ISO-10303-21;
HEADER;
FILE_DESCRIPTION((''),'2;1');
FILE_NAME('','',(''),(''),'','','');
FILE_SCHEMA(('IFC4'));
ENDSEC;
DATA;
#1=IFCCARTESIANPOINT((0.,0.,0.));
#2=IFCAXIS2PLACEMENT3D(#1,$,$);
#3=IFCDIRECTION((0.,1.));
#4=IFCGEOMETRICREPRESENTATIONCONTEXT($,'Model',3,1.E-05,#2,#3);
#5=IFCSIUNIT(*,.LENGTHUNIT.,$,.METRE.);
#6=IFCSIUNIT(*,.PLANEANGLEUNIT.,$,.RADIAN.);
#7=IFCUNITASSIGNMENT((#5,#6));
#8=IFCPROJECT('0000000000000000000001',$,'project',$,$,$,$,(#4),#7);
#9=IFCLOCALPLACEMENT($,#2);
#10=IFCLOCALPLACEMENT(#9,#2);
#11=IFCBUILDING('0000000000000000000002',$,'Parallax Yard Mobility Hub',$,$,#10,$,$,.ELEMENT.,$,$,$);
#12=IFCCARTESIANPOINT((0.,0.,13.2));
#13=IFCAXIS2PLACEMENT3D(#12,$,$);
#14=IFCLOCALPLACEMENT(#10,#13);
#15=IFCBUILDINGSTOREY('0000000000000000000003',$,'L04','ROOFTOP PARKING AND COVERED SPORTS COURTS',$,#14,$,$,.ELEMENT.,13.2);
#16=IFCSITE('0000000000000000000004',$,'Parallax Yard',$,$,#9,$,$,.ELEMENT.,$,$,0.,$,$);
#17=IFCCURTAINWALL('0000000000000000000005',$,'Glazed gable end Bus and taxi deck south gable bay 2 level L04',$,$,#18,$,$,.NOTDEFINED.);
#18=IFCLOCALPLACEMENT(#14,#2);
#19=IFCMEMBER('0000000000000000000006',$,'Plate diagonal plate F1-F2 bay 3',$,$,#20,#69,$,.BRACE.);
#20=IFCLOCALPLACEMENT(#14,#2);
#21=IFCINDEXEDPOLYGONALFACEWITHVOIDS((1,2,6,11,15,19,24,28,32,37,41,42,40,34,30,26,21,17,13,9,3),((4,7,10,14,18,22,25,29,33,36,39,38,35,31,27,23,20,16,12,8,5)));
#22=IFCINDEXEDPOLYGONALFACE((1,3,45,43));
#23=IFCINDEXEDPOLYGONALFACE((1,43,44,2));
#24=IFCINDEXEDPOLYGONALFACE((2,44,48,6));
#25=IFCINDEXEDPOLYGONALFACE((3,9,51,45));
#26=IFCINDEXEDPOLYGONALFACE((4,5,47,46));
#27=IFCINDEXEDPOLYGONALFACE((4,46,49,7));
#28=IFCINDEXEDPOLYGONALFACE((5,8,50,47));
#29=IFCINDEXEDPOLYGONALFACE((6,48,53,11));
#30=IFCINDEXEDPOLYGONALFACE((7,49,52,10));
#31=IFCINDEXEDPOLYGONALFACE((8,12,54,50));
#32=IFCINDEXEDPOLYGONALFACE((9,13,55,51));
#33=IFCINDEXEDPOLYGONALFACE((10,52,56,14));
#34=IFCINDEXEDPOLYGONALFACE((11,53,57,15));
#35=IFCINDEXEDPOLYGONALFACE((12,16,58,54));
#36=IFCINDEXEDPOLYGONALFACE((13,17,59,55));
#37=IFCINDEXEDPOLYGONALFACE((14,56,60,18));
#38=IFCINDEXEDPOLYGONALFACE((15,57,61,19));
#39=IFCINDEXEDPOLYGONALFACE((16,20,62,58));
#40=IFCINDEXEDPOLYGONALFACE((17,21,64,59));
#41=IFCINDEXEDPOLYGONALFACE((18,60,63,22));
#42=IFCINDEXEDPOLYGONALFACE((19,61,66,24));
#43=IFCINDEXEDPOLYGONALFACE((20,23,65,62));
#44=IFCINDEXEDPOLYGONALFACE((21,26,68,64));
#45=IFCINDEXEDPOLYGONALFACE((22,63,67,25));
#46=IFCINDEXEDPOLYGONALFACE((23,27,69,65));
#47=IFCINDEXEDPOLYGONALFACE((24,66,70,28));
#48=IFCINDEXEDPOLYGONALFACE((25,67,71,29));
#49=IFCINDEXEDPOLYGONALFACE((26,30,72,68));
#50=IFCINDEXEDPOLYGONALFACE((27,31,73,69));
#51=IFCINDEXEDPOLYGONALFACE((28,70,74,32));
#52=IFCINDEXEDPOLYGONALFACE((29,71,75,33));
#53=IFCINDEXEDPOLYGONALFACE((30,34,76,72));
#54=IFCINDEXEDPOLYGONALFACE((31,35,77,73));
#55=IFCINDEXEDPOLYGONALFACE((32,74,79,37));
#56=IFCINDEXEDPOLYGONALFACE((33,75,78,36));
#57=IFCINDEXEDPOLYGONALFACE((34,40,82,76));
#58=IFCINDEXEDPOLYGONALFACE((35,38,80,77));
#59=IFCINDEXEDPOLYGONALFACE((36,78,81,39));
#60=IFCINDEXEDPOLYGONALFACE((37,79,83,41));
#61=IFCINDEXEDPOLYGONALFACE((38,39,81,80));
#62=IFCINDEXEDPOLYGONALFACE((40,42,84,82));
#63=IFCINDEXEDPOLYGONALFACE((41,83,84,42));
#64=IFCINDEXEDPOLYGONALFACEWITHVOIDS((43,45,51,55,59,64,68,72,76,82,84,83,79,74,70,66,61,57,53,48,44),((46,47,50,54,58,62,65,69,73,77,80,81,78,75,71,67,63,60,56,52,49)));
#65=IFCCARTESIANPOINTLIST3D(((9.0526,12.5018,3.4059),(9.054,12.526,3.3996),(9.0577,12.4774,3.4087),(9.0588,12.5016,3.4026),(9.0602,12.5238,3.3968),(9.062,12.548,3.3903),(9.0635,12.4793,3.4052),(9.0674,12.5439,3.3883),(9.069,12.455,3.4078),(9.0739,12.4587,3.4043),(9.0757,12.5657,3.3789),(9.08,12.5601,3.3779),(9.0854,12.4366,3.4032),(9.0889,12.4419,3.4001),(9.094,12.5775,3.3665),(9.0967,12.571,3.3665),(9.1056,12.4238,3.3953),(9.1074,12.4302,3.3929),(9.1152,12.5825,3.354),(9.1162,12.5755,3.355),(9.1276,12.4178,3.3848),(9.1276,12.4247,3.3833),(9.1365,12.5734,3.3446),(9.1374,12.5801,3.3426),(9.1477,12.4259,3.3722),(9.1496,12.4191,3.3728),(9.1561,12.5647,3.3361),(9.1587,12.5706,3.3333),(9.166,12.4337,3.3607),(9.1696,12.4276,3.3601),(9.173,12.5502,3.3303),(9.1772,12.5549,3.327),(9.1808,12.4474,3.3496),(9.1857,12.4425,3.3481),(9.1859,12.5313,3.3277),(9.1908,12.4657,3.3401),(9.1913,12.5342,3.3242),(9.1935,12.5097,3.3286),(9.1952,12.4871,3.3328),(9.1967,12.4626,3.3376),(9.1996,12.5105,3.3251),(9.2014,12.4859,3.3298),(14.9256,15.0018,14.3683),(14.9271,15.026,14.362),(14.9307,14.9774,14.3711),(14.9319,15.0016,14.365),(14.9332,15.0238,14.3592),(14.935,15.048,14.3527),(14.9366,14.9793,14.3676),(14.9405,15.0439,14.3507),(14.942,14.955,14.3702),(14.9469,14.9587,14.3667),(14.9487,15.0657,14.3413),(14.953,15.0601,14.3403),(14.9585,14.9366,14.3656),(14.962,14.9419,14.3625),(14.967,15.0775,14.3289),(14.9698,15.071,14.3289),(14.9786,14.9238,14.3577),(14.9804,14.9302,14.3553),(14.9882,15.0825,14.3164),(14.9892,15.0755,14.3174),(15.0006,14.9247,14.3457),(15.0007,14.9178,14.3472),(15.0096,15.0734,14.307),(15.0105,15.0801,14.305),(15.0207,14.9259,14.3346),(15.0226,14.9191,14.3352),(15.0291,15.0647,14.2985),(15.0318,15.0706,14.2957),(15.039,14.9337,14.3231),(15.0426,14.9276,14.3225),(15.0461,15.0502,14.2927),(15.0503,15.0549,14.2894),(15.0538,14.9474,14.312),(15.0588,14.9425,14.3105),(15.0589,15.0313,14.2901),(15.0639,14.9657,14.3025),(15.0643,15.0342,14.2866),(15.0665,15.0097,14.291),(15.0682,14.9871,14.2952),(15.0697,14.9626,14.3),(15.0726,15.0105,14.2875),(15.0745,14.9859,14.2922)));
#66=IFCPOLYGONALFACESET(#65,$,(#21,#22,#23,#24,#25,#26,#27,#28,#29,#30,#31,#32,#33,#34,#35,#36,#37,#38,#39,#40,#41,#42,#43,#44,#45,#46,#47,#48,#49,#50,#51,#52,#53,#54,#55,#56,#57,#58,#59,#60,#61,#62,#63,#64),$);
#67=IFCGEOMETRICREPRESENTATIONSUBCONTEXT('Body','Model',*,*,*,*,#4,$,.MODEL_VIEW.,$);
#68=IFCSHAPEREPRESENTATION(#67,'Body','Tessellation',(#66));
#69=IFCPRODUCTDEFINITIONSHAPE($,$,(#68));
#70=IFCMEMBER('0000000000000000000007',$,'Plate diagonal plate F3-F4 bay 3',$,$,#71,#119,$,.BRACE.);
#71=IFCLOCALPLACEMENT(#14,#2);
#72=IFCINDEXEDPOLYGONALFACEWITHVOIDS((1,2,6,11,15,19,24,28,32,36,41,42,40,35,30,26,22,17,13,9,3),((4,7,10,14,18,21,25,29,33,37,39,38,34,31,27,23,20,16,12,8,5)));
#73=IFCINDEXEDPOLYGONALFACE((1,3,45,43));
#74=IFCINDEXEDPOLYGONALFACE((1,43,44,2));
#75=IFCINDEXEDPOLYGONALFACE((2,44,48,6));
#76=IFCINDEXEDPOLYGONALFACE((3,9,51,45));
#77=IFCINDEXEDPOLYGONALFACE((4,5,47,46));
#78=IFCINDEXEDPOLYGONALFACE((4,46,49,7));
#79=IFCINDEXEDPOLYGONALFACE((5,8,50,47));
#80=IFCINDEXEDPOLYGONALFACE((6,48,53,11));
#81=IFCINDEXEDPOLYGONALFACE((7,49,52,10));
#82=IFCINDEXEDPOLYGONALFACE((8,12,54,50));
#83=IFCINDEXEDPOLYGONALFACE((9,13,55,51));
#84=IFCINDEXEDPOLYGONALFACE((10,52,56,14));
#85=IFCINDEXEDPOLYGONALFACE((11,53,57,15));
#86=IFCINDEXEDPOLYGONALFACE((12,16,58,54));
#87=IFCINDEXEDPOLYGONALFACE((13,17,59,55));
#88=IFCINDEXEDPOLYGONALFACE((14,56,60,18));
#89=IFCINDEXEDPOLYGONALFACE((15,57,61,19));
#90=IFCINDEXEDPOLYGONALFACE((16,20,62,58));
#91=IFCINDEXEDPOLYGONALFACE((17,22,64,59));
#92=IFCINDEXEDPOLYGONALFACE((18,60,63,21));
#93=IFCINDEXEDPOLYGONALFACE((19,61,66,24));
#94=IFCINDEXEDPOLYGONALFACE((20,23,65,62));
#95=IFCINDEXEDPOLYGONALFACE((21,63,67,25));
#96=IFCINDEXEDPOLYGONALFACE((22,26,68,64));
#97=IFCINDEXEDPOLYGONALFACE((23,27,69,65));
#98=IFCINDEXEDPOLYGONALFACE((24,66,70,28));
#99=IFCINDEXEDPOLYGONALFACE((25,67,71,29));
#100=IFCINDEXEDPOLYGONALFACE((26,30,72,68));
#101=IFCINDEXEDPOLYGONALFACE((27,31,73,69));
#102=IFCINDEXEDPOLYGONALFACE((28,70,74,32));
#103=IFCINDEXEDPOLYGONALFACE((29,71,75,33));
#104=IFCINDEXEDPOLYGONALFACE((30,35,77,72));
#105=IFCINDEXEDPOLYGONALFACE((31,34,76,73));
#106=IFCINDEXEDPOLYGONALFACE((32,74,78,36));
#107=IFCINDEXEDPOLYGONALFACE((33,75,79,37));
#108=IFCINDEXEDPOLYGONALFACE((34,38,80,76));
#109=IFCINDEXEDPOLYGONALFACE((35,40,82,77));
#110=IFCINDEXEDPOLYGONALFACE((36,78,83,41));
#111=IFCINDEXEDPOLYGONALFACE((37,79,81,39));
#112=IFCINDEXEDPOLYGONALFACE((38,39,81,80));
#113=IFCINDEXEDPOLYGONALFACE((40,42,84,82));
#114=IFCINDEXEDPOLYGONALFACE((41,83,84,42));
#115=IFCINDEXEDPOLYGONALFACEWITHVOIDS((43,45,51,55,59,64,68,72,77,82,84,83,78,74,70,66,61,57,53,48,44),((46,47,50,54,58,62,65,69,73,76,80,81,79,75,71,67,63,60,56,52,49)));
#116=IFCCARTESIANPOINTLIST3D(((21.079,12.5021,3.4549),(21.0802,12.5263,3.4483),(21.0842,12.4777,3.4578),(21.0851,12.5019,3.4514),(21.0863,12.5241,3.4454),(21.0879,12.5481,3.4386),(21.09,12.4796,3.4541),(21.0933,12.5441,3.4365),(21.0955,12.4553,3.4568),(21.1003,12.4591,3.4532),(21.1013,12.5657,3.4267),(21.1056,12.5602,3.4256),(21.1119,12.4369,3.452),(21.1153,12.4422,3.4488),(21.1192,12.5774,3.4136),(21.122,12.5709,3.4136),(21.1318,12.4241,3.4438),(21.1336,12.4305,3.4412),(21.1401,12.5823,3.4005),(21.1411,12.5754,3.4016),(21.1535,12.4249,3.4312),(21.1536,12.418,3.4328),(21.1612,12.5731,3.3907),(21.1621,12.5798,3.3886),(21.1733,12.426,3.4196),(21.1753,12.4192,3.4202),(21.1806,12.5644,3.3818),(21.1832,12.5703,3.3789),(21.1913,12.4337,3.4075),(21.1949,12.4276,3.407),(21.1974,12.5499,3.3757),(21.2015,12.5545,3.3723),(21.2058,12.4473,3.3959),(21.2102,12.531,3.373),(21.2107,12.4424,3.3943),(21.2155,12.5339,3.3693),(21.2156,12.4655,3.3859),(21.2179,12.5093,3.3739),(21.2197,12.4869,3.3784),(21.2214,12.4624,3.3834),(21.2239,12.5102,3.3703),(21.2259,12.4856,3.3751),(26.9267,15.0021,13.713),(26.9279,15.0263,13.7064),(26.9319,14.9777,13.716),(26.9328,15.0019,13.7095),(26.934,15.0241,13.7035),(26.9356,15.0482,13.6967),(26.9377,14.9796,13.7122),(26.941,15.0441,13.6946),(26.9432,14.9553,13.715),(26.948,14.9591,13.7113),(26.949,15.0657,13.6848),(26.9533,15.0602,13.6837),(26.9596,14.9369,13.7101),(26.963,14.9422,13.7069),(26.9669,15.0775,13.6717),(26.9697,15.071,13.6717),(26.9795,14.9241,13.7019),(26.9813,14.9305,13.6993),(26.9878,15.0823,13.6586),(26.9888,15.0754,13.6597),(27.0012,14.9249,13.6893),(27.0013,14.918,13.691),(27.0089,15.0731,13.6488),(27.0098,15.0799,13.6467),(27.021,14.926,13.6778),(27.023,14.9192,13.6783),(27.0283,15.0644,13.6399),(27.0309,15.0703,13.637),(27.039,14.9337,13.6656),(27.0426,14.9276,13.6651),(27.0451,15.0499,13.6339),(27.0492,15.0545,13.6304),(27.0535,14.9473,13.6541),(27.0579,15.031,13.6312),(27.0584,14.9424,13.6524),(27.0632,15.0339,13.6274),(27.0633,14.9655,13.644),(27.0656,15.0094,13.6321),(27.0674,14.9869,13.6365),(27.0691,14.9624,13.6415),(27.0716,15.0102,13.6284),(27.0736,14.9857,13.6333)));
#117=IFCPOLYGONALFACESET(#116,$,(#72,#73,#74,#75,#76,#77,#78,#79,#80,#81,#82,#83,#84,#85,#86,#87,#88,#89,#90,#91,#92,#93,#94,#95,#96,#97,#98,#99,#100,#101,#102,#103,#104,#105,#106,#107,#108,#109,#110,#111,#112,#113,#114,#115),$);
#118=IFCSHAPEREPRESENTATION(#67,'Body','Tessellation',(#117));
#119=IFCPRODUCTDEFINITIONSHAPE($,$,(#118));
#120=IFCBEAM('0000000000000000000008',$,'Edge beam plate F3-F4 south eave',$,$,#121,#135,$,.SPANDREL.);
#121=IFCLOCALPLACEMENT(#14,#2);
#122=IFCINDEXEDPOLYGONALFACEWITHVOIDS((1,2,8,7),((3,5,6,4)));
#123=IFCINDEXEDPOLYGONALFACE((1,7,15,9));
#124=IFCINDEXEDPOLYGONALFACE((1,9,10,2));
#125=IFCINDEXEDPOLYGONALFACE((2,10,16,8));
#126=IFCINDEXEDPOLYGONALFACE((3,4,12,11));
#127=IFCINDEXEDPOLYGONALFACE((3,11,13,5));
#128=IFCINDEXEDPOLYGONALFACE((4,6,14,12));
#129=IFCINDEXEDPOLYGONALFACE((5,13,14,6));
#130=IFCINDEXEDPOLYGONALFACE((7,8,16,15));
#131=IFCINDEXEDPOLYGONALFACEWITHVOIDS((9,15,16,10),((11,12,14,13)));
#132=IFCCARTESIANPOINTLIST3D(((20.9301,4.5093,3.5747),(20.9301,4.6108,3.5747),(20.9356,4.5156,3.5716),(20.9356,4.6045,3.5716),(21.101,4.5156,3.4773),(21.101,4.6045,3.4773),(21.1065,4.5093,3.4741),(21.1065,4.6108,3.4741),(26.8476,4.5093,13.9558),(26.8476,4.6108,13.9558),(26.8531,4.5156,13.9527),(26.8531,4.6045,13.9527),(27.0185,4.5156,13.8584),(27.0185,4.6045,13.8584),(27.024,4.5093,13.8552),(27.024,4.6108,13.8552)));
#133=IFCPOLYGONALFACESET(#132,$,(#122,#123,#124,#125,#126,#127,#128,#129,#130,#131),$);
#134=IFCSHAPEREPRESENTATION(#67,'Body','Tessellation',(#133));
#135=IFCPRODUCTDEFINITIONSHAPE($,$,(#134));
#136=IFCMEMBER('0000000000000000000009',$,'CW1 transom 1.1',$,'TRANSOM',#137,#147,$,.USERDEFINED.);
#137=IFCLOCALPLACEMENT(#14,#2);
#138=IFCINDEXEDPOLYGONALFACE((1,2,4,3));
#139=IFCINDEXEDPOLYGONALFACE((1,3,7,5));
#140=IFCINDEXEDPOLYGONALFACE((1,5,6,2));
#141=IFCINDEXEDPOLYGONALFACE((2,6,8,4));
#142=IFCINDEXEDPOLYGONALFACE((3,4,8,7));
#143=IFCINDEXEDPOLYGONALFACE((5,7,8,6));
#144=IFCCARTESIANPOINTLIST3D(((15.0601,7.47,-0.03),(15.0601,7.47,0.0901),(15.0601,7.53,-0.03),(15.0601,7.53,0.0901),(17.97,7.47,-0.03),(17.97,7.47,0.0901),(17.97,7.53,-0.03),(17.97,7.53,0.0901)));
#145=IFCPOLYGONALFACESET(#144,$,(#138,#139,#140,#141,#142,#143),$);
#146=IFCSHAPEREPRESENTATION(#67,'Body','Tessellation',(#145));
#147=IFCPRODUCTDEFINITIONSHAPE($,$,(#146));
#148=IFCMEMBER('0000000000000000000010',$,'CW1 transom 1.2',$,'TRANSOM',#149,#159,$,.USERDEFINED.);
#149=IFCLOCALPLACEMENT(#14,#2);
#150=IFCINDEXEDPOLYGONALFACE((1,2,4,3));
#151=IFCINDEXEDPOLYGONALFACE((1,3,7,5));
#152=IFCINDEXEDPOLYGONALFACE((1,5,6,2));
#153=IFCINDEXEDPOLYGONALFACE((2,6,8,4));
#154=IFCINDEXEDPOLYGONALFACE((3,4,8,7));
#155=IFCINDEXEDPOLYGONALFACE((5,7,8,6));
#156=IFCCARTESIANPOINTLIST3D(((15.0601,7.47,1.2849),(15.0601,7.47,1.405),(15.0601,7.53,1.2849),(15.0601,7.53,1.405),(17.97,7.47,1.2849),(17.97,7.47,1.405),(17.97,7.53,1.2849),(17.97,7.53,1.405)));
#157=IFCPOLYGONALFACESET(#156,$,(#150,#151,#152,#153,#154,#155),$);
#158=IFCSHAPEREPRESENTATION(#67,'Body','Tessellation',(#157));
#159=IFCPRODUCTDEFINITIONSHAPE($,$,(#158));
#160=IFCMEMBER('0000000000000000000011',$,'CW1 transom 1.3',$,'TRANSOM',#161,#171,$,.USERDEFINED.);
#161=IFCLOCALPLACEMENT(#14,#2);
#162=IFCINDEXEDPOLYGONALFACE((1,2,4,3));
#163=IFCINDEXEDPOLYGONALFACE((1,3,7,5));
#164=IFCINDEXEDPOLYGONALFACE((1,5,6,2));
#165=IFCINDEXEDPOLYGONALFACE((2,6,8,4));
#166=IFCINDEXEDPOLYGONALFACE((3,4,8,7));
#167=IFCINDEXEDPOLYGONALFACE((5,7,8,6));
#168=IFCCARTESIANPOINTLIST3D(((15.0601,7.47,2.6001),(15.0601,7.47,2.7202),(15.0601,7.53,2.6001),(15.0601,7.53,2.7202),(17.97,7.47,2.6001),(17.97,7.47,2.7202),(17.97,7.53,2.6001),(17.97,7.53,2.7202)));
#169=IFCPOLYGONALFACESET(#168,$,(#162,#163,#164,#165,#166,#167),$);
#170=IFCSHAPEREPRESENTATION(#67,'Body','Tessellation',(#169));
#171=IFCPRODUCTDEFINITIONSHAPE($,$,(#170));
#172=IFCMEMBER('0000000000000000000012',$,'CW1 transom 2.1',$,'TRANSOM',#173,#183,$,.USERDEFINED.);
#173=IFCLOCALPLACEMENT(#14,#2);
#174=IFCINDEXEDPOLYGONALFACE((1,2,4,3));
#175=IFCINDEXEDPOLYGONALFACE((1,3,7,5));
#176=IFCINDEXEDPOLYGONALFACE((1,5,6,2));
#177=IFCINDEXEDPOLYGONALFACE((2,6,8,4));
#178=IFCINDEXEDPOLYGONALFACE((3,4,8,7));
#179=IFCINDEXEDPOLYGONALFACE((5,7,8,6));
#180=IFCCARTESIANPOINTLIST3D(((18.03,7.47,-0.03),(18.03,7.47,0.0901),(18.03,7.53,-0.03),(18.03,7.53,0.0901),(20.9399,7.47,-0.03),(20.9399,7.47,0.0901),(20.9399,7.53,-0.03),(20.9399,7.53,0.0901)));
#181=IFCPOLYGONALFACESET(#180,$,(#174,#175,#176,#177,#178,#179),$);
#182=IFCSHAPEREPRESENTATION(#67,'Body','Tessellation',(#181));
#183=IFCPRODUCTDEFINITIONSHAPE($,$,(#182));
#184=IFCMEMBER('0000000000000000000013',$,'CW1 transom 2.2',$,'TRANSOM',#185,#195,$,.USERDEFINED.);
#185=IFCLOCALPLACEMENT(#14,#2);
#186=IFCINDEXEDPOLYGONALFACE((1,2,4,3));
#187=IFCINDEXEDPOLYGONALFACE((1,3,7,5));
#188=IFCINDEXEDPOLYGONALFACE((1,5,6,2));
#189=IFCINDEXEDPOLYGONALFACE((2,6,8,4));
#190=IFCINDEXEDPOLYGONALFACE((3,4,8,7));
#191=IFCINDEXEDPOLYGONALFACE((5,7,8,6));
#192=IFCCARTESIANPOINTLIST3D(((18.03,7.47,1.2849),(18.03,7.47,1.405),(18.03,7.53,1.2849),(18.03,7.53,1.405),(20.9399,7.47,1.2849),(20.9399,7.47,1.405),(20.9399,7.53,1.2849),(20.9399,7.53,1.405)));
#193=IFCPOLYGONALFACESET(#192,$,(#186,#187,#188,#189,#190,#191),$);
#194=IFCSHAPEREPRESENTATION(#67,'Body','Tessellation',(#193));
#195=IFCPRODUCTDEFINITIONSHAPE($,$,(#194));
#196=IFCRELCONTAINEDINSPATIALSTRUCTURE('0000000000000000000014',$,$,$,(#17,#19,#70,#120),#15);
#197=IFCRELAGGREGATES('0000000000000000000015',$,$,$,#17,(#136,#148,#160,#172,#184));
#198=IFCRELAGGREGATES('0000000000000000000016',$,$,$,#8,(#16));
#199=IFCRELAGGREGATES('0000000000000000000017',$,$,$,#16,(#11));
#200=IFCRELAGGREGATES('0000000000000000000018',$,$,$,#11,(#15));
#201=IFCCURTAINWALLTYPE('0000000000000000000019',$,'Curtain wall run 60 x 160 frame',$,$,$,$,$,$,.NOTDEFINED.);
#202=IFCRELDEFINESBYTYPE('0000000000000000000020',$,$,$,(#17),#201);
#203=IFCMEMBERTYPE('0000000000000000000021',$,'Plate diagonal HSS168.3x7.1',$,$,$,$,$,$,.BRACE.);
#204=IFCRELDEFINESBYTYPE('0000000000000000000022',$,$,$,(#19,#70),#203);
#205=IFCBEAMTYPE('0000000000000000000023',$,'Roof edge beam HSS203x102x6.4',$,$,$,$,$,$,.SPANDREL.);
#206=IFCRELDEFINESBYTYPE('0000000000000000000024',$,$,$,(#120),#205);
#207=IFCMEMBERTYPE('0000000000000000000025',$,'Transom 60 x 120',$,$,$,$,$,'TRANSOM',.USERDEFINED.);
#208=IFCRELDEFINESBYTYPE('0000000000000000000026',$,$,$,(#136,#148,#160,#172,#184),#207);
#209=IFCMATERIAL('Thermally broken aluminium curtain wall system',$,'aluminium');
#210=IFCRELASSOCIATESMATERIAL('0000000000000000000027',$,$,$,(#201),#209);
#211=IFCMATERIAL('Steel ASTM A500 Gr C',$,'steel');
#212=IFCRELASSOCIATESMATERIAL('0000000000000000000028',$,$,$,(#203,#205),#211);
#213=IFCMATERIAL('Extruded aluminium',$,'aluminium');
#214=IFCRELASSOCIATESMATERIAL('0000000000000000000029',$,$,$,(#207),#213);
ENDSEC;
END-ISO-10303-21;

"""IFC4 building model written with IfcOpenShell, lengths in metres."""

from ifc_helpers import new_model, si_unit, direction, frame, origin, origin_2d, place, context, subcontext, project, spatial, rectangle, hollow_rectangle, hollow_circle, extrude, material, material_profile, profile_set, type_object, element, aggregate, save


model = new_model("IFC4")

# Units and contexts
model_context = context("Model", 3, precision=1e-05, world=origin(), true_north=direction((0.0, 1.0)))
body_context = subcontext(model_context, "Body", "Model", "MODEL_VIEW")
ifc_project = project(units=[si_unit("LENGTHUNIT", "METRE"), si_unit("PLANEANGLEUNIT", "RADIAN")], contexts=[model_context])

# Site, building, storey
site_placement = place(None, origin())
site = spatial("IfcSite", under=ifc_project, at=site_placement, Name="Parallax Yard", CompositionType="ELEMENT", RefElevation=0.0)
building_placement = place(site_placement, origin())
building = spatial("IfcBuilding", under=site, at=building_placement, Name="Parallax Yard Mobility Hub", CompositionType="ELEMENT")
storey_placement = place(building_placement, frame((0.0, 0.0, 13.2)))
storey = spatial("IfcBuildingStorey", under=building, at=storey_placement, Name="L04", Description="ROOFTOP PARKING AND COVERED SPORTS COURTS", CompositionType="ELEMENT", Elevation=13.2)

# Shared definitions
ifc_material_1 = material(Name="Steel ASTM A500 Gr C", Category="steel")

# Curtain wall
ifc_material_2 = material(Name="Thermally broken aluminium curtain wall system", Category="aluminium")
curtain_wall_type = type_object("IfcCurtainWallType", Name="Curtain wall run 60 x 160 frame", PredefinedType="NOTDEFINED", material=ifc_material_2)
curtain_wall_1_placement = place(storey_placement, origin())
curtain_wall_1 = element("IfcCurtainWall", 1, at=curtain_wall_1_placement, inside=storey, type_object=curtain_wall_type, Name="Glazed gable end Bus and taxi deck south gable bay 2 level L04", PredefinedType="NOTDEFINED")
ifc_material_3 = material(Name="Extruded aluminium", Category="aluminium")

# Members
ifc_material_profile_1 = material_profile(ifc_material_1, hollow_circle(Radius=0.0842, WallThickness=0.0071, at=origin_2d()), Name="HSS168.3x7.1")
ifc_profile_set_1 = profile_set([ifc_material_profile_1], Name="Steel ASTM A500 Gr C")
member_type_1 = type_object("IfcMemberType", Name="Plate diagonal HSS168.3x7.1", PredefinedType="BRACE", material=ifc_profile_set_1)
member_1_placement = place(storey_placement, frame((9.127, 12.5, 3.3665), z_axis=(0.46298, 0.197078, 0.864181), x_axis=(-0.391665, 0.920108, 0.0)))
element("IfcMember", 2, at=member_1_placement, inside=storey, type_object=member_type_1, Name="Plate diagonal plate F1-F2 bay 3", PredefinedType="BRACE", context=body_context, shape_type="SweptSolid", body=[
    extrude(hollow_circle(Radius=0.0842, WallThickness=0.0071, at=origin_2d()), origin(), (0.0, 0.0, 1.0), 12.6853),
])
member_2_placement = place(storey_placement, frame((21.1523, 12.5, 3.4136), z_axis=(0.484499, 0.207134, 0.849916), x_axis=(-0.393104, 0.919494, 0.0)))
element("IfcMember", 3, at=member_2_placement, inside=storey, type_object=member_type_1, Name="Plate diagonal plate F3-F4 bay 3", PredefinedType="BRACE", context=body_context, shape_type="SweptSolid", body=[
    extrude(hollow_circle(Radius=0.0842, WallThickness=0.0071, at=origin_2d()), origin(), (0.0, 0.0, 1.0), 12.0696),
])

# Beam
ifc_material_profile_2 = material_profile(ifc_material_1, hollow_rectangle(XDim=0.1016, YDim=0.2031, WallThickness=0.0063, at=origin_2d()), Name="HSS203x102x6.4")
ifc_profile_set_2 = profile_set([ifc_material_profile_2], Name="Steel ASTM A500 Gr C")
beam_type = type_object("IfcBeamType", Name="Roof edge beam HSS203x102x6.4", PredefinedType="SPANDREL", material=ifc_profile_set_2)
beam_placement = place(storey_placement, frame((21.0183, 4.5601, 3.5244), z_axis=(0.495219, 0.0, 0.868768), x_axis=(0.0, 1.0, 0.0)))
element("IfcBeam", 4, at=beam_placement, inside=storey, type_object=beam_type, Name="Edge beam plate F3-F4 south eave", PredefinedType="SPANDREL", context=body_context, shape_type="SweptSolid", body=[
    extrude(hollow_rectangle(XDim=0.1016, YDim=0.2031, WallThickness=0.0063, at=origin_2d()), origin(), (0.0, 0.0, 1.0), 11.9492),
])

# Members
ifc_material_profile_3 = material_profile(ifc_material_3, rectangle(XDim=0.0601, YDim=0.1201, at=origin_2d()), Name="Transom 60 x 120")
ifc_profile_set_3 = profile_set([ifc_material_profile_3], Name="Extruded aluminium")
member_type_2 = type_object("IfcMemberType", Name="Transom 60 x 120", ElementType="TRANSOM", PredefinedType="USERDEFINED", material=ifc_profile_set_3)
member_3_placement = place(storey_placement, frame((15.0601, 7.5, 0.03), z_axis=(1.0, 0.0, 0.0), x_axis=(0.0, 1.0, 0.0)))
member_3 = element("IfcMember", 5, at=member_3_placement, type_object=member_type_2, Name="CW1 transom 1.1", ObjectType="TRANSOM", PredefinedType="USERDEFINED", context=body_context, shape_type="SweptSolid", body=[
    extrude(rectangle(XDim=0.0601, YDim=0.1201, at=origin_2d()), origin(), (0.0, 0.0, 1.0), 2.9099),
])
member_4_placement = place(storey_placement, frame((15.0601, 7.5, 1.345), z_axis=(1.0, 0.0, 0.0), x_axis=(0.0, 1.0, 0.0)))
member_4 = element("IfcMember", 6, at=member_4_placement, type_object=member_type_2, Name="CW1 transom 1.2", ObjectType="TRANSOM", PredefinedType="USERDEFINED", context=body_context, shape_type="SweptSolid", body=[
    extrude(rectangle(XDim=0.0601, YDim=0.1201, at=origin_2d()), origin(), (0.0, 0.0, 1.0), 2.9099),
])
member_5_placement = place(storey_placement, frame((15.0601, 7.5, 2.6602), z_axis=(1.0, 0.0, 0.0), x_axis=(0.0, 1.0, 0.0)))
member_5 = element("IfcMember", 7, at=member_5_placement, type_object=member_type_2, Name="CW1 transom 1.3", ObjectType="TRANSOM", PredefinedType="USERDEFINED", context=body_context, shape_type="SweptSolid", body=[
    extrude(rectangle(XDim=0.0601, YDim=0.1201, at=origin_2d()), origin(), (0.0, 0.0, 1.0), 2.9099),
])
member_6_placement = place(storey_placement, frame((18.03, 7.5, 0.03), z_axis=(1.0, 0.0, 0.0), x_axis=(0.0, 1.0, 0.0)))
member_6 = element("IfcMember", 8, at=member_6_placement, type_object=member_type_2, Name="CW1 transom 2.1", ObjectType="TRANSOM", PredefinedType="USERDEFINED", context=body_context, shape_type="SweptSolid", body=[
    extrude(rectangle(XDim=0.0601, YDim=0.1201, at=origin_2d()), origin(), (0.0, 0.0, 1.0), 2.9099),
])
member_7_placement = place(storey_placement, frame((18.03, 7.5, 1.345), z_axis=(1.0, 0.0, 0.0), x_axis=(0.0, 1.0, 0.0)))
member_7 = element("IfcMember", 9, at=member_7_placement, type_object=member_type_2, Name="CW1 transom 2.2", ObjectType="TRANSOM", PredefinedType="USERDEFINED", context=body_context, shape_type="SweptSolid", body=[
    extrude(rectangle(XDim=0.0601, YDim=0.1201, at=origin_2d()), origin(), (0.0, 0.0, 1.0), 2.9099),
])

aggregate(curtain_wall_1, [member_3, member_4, member_5, member_6, member_7])

save(model, "model.ifc")
